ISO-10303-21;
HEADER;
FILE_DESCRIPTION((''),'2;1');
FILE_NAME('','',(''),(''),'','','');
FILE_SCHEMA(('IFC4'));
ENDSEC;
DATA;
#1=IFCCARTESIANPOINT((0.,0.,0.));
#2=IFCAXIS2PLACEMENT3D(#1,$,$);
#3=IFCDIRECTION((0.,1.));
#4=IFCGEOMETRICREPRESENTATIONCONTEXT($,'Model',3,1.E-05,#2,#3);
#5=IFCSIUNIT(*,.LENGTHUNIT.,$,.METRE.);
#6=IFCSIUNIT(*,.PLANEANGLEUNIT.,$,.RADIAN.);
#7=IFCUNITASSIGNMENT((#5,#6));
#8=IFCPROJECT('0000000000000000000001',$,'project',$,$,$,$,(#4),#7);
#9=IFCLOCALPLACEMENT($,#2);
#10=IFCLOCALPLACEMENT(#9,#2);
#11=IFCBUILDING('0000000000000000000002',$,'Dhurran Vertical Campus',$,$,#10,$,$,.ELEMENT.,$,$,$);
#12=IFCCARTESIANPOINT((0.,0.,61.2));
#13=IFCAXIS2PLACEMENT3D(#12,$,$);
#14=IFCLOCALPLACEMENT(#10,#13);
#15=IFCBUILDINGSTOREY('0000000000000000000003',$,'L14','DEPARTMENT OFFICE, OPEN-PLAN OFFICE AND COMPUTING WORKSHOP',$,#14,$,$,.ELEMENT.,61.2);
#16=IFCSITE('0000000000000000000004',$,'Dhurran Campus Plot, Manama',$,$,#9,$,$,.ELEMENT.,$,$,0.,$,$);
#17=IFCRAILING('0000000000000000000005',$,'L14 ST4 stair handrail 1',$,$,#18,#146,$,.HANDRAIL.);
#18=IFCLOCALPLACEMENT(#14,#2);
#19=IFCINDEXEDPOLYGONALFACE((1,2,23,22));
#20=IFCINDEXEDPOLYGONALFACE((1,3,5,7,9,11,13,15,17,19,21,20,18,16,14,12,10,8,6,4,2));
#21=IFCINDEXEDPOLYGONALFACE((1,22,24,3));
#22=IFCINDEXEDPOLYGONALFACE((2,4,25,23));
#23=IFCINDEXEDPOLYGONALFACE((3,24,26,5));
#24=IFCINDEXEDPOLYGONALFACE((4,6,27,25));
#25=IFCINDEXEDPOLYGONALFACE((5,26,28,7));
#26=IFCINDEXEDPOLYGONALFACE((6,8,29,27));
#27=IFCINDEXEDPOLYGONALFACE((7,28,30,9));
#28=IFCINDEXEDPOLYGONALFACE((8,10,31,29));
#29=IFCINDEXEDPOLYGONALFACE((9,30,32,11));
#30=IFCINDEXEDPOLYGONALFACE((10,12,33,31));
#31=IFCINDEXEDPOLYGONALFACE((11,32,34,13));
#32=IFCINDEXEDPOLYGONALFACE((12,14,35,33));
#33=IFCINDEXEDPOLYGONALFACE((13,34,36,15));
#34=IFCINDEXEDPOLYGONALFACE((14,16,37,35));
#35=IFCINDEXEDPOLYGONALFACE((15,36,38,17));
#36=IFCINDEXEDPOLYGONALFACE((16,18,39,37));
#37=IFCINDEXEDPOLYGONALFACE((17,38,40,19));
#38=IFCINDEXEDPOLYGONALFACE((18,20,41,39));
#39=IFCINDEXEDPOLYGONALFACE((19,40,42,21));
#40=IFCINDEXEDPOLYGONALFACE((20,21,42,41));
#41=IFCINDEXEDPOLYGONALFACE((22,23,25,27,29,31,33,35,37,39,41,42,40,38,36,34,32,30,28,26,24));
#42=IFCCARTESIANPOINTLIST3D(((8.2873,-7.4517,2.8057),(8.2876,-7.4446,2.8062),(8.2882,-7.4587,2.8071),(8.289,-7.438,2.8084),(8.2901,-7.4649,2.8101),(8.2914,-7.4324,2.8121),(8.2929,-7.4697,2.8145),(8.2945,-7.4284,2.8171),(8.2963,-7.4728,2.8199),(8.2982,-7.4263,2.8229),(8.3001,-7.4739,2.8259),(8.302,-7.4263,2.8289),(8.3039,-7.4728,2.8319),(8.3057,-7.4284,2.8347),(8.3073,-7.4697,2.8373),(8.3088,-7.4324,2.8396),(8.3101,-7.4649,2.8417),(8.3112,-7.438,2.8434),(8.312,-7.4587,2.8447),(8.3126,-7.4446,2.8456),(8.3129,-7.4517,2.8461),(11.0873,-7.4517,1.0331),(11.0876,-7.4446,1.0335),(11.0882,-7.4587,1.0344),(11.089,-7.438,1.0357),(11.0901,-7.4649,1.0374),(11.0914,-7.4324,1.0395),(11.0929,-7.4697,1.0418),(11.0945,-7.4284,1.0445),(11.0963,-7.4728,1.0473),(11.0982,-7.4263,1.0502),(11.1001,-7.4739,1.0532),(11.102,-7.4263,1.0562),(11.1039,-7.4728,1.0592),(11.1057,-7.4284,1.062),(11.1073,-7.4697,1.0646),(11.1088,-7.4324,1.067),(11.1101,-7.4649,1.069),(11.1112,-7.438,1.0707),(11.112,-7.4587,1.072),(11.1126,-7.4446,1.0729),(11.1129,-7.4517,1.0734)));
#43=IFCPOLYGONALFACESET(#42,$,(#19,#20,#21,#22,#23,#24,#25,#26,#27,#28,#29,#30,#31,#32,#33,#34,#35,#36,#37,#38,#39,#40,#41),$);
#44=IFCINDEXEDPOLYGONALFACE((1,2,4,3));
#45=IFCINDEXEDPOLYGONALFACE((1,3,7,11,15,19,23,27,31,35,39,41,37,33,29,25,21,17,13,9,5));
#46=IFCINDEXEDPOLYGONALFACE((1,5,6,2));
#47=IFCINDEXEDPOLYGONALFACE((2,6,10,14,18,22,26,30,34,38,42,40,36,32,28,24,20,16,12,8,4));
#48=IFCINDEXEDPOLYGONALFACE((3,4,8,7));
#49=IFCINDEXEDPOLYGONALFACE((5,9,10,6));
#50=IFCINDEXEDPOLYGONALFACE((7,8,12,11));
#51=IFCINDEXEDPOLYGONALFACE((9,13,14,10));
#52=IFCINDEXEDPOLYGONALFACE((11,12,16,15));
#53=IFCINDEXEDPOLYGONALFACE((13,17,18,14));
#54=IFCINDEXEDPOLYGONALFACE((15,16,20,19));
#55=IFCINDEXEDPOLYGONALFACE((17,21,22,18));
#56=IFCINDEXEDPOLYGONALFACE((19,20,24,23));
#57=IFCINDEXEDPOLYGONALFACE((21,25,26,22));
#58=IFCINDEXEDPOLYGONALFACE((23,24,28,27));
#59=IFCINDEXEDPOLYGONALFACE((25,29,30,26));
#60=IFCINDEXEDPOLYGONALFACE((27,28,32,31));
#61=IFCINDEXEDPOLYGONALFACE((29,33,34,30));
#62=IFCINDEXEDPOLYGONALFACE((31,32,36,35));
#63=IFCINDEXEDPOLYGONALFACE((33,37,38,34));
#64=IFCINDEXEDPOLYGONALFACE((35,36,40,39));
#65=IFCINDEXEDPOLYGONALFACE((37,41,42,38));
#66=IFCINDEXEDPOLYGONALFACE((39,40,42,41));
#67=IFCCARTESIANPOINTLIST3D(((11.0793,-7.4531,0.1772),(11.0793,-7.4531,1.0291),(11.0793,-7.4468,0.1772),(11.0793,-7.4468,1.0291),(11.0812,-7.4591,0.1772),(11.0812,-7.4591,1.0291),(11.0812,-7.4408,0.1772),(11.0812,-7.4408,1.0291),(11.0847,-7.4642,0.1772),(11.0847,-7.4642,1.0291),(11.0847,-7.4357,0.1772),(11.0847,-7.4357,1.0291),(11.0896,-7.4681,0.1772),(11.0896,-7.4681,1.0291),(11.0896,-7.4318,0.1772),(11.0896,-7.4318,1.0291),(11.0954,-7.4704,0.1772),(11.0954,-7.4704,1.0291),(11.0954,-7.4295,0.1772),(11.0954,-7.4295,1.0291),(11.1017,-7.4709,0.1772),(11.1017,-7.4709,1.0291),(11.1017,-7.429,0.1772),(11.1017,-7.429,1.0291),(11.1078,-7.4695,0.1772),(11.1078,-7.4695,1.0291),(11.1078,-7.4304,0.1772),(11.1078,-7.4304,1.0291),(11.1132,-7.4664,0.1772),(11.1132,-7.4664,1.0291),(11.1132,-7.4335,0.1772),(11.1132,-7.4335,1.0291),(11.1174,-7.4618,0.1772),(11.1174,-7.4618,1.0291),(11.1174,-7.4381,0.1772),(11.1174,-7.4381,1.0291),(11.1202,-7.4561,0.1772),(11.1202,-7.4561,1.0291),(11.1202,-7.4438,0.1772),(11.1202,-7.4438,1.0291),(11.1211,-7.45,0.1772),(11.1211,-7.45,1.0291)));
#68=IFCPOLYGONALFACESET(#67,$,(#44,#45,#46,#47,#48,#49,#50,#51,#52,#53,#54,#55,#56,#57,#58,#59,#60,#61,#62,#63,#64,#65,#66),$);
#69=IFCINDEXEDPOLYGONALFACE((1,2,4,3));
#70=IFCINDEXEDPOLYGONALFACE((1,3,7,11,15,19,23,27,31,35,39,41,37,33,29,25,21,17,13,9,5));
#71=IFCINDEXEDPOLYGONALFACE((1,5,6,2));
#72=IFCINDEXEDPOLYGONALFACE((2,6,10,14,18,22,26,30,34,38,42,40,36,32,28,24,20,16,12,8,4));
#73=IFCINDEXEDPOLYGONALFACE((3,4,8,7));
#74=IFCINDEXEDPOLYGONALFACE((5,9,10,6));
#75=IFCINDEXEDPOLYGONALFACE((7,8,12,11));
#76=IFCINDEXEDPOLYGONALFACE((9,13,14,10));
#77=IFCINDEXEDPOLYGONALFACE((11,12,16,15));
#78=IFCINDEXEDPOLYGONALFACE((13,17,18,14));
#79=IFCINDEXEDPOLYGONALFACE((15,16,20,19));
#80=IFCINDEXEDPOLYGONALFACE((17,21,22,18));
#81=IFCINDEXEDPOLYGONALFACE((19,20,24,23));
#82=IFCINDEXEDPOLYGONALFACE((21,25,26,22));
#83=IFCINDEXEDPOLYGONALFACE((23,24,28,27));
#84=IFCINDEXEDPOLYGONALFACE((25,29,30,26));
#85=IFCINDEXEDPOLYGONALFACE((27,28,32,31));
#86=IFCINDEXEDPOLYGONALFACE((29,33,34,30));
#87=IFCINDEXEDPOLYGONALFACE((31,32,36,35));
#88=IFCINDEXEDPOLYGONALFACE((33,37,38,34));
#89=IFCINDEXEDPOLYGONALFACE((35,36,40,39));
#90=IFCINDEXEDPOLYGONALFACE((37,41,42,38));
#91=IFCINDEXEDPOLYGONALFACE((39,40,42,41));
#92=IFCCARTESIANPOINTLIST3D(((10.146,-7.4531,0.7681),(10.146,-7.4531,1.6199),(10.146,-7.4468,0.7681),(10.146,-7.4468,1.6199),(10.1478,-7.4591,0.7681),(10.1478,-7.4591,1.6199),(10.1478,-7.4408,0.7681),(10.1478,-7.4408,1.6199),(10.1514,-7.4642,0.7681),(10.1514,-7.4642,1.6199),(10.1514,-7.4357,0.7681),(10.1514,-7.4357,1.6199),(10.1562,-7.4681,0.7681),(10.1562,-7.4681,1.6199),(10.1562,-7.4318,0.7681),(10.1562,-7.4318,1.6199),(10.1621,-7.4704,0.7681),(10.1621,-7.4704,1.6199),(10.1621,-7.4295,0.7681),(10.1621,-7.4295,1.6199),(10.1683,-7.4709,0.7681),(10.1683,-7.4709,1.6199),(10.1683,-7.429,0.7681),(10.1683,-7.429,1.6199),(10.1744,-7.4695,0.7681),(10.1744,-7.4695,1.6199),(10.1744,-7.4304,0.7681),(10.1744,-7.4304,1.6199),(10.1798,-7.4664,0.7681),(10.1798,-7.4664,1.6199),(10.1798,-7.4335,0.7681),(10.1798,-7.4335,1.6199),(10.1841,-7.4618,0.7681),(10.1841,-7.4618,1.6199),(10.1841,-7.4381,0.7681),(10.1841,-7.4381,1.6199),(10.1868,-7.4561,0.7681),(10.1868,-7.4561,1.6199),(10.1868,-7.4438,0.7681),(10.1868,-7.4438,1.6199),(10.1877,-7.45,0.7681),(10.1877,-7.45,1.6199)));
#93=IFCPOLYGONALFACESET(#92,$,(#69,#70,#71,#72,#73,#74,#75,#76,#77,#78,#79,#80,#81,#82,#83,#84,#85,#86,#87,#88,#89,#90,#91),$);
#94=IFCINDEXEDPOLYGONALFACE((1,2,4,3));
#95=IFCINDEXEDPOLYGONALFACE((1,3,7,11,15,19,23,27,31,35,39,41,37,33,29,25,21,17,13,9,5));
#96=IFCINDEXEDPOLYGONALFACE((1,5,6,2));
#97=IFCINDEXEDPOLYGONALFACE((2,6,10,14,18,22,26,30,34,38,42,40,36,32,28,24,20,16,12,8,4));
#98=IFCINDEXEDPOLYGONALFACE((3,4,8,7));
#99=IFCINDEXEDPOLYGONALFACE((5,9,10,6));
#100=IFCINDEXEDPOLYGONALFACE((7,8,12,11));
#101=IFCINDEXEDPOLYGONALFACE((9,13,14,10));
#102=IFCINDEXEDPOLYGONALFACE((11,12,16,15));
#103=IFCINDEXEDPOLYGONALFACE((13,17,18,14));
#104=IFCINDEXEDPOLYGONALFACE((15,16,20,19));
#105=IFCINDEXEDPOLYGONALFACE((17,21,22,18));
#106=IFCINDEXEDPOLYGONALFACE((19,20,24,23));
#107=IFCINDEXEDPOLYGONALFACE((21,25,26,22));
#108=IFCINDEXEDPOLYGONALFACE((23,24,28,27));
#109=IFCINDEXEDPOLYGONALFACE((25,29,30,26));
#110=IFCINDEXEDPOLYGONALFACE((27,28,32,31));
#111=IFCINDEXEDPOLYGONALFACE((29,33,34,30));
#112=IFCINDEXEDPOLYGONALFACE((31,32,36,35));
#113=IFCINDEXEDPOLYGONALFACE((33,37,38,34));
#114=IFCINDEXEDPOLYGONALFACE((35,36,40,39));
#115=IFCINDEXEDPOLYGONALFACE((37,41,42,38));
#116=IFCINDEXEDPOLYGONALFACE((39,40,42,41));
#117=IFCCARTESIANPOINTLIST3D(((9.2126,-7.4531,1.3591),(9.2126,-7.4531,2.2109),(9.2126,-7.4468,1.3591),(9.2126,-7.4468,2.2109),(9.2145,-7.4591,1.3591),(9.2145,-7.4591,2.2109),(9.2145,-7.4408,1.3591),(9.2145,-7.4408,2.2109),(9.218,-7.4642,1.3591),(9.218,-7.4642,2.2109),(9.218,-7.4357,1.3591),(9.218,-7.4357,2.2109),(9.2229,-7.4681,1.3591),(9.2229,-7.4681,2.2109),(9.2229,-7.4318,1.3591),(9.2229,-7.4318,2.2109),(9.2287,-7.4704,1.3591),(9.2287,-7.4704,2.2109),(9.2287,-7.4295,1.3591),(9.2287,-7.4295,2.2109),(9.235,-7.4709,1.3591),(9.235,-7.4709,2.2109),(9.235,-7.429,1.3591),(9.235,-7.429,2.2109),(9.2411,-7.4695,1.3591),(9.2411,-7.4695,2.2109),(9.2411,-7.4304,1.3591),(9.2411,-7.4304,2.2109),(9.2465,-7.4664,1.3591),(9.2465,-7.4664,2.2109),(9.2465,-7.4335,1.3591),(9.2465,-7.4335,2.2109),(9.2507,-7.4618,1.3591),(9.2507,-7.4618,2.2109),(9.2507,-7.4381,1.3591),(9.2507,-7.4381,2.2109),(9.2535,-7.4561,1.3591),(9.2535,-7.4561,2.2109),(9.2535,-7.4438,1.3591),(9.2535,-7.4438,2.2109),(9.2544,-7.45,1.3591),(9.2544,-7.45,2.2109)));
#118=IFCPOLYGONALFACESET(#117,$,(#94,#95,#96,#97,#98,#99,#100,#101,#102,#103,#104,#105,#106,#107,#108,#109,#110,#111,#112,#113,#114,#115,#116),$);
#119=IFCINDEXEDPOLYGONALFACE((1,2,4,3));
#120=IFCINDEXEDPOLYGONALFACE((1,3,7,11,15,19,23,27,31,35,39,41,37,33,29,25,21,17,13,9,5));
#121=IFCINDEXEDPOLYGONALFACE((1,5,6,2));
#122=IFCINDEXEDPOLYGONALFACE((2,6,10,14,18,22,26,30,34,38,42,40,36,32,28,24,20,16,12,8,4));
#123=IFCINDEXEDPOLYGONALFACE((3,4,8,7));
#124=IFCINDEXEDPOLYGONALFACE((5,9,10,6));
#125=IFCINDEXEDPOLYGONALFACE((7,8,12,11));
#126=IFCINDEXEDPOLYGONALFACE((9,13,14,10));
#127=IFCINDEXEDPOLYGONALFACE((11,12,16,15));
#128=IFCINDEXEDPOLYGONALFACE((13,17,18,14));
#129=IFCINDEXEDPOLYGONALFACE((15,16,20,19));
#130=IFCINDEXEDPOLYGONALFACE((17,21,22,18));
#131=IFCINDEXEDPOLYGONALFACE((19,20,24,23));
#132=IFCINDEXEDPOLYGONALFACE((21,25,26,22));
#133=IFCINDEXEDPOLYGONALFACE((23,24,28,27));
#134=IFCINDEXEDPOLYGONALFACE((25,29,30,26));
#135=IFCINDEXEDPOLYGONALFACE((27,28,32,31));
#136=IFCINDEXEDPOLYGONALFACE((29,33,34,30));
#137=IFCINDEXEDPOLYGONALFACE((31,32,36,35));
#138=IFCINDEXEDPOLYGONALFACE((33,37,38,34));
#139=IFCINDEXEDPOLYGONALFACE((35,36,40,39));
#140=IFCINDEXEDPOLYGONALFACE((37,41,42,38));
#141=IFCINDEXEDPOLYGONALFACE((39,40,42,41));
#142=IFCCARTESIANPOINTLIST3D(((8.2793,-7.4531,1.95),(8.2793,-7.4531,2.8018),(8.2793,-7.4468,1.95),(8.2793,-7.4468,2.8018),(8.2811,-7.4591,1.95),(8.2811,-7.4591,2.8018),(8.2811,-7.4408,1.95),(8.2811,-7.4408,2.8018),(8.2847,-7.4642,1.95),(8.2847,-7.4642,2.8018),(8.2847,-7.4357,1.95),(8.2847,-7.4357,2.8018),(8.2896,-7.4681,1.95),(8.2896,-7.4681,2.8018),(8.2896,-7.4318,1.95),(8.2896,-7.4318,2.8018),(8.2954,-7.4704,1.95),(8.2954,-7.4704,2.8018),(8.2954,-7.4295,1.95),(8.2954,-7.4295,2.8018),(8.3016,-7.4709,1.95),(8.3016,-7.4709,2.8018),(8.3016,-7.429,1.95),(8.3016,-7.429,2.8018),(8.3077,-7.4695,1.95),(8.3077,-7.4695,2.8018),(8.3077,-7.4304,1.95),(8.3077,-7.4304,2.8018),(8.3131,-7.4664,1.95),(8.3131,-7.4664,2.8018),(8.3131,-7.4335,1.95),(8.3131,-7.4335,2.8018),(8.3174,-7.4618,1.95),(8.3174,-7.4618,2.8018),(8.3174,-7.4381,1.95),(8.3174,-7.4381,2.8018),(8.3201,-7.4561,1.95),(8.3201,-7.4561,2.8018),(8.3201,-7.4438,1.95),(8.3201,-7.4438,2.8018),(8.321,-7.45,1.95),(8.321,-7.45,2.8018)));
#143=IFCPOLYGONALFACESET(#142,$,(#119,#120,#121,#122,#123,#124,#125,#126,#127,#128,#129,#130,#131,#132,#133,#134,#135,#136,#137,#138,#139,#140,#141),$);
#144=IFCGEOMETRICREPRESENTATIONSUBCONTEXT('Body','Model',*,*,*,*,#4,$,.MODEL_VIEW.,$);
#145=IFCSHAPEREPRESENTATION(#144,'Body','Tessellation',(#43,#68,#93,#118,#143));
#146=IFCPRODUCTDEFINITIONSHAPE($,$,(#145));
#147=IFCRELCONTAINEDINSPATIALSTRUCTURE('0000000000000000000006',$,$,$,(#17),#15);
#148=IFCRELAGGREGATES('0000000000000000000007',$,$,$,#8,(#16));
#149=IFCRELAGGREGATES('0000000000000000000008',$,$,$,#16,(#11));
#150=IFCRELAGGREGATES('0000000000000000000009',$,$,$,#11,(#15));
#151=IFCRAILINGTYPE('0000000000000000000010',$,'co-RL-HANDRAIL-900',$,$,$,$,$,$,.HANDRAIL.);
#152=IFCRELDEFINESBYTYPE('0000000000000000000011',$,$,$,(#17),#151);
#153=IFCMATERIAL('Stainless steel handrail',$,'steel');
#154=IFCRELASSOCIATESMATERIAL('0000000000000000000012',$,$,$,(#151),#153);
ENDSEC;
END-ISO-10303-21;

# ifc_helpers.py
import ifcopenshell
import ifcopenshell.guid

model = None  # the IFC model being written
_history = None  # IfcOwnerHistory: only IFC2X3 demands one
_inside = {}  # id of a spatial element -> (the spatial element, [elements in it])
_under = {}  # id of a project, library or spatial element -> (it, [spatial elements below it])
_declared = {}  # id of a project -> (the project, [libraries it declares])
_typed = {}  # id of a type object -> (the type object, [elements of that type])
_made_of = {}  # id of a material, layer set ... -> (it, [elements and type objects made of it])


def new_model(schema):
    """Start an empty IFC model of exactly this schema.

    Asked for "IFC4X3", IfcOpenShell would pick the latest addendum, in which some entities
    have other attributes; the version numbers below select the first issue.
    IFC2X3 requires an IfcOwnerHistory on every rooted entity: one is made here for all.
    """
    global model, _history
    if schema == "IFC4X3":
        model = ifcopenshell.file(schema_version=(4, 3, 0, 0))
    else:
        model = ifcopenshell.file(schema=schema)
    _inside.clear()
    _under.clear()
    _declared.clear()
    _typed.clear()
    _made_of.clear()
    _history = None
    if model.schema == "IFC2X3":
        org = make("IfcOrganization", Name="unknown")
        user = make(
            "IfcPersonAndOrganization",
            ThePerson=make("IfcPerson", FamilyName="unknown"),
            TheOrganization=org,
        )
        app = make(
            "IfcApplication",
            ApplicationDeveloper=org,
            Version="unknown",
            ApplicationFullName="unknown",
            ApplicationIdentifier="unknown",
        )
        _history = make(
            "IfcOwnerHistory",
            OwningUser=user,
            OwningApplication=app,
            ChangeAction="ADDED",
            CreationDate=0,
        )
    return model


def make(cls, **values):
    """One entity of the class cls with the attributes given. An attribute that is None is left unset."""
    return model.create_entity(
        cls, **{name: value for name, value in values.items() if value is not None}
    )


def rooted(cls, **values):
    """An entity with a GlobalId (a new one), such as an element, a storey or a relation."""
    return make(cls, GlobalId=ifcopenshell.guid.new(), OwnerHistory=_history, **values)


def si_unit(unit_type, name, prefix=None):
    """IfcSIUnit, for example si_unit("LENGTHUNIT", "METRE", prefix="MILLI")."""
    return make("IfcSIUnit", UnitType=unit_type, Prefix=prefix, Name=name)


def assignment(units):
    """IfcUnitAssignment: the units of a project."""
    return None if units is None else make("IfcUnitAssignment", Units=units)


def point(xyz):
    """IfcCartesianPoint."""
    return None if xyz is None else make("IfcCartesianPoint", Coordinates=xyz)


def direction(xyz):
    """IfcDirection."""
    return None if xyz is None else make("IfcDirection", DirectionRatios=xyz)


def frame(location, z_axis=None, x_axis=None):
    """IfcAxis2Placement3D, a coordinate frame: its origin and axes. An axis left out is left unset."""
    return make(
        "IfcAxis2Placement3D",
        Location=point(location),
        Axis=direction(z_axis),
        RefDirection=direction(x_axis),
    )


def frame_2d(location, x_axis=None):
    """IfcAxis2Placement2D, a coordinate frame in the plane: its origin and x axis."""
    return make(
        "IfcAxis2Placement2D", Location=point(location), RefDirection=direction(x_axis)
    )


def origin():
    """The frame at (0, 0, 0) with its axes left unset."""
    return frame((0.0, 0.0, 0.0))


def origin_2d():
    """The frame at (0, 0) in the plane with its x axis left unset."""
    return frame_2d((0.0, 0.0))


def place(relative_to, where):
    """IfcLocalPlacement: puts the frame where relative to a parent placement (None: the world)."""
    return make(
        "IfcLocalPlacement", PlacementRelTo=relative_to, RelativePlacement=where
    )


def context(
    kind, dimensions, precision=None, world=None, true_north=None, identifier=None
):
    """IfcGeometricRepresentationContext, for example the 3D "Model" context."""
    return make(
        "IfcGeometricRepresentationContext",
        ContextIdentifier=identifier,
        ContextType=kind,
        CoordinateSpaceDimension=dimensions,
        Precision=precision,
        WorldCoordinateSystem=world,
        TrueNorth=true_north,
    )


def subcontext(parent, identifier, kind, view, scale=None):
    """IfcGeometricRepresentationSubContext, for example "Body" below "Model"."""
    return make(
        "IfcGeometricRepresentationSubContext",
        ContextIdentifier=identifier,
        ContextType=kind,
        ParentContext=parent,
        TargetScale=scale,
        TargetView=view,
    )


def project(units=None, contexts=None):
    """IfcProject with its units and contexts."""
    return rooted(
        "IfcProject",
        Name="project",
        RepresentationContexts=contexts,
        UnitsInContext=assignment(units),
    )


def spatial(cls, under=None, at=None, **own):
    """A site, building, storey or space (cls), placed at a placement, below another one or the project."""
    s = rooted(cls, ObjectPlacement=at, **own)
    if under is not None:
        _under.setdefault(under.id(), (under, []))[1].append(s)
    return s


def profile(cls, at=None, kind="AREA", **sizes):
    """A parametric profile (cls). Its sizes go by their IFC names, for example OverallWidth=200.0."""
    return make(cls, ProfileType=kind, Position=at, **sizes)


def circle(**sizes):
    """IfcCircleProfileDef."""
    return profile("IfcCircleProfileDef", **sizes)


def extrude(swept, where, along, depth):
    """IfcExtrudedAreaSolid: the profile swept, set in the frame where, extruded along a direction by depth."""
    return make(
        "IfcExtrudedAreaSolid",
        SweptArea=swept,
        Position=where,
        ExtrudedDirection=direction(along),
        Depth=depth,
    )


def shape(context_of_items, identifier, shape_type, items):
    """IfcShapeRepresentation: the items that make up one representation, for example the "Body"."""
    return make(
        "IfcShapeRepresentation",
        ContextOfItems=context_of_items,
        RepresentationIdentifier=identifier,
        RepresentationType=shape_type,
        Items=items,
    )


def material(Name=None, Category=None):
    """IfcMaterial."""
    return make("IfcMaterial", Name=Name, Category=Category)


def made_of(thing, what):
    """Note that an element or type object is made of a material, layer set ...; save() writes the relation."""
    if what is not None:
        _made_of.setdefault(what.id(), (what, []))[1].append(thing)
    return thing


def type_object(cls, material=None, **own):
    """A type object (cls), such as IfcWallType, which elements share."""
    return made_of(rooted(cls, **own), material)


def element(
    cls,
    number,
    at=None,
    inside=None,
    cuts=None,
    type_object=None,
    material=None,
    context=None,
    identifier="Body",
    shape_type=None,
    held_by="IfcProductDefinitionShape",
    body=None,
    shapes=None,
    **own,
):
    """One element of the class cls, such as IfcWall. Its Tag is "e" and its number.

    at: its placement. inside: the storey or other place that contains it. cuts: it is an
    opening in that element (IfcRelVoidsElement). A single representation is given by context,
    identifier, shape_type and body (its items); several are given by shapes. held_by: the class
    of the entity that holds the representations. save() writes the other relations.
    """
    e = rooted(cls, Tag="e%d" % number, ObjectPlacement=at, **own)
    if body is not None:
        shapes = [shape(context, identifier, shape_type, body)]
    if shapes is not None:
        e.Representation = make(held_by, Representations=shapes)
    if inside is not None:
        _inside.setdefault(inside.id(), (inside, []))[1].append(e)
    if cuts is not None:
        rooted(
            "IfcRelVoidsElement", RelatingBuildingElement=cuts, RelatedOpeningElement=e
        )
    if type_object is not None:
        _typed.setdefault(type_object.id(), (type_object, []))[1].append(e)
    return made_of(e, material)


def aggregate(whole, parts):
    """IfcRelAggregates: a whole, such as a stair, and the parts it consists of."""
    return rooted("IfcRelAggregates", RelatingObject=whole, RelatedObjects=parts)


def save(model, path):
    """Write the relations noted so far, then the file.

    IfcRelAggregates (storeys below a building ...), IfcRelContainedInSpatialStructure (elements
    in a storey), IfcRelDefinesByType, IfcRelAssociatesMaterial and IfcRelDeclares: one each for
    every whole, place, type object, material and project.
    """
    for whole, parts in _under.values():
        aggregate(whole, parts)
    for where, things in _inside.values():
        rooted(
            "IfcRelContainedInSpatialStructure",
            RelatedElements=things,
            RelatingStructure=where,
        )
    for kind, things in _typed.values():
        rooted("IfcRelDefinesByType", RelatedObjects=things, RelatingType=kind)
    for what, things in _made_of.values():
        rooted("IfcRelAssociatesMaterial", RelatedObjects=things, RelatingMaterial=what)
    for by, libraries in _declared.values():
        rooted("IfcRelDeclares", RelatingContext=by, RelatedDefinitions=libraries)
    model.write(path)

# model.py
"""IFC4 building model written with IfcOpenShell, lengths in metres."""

from ifc_helpers import new_model, si_unit, direction, frame, origin, origin_2d, place, context, subcontext, project, spatial, circle, extrude, material, type_object, element, save


model = new_model("IFC4")

# Units and contexts
model_context = context("Model", 3, precision=1e-05, world=origin(), true_north=direction((0.0, 1.0)))
body_context = subcontext(model_context, "Body", "Model", "MODEL_VIEW")
ifc_project = project(units=[si_unit("LENGTHUNIT", "METRE"), si_unit("PLANEANGLEUNIT", "RADIAN")], contexts=[model_context])

# Site, building, storey
site_placement = place(None, origin())
site = spatial("IfcSite", under=ifc_project, at=site_placement, Name="Dhurran Campus Plot, Manama", CompositionType="ELEMENT", RefElevation=0.0)
building_placement = place(site_placement, origin())
building = spatial("IfcBuilding", under=site, at=building_placement, Name="Dhurran Vertical Campus", CompositionType="ELEMENT")
storey_placement = place(building_placement, frame((0.0, 0.0, 61.2)))
storey = spatial("IfcBuildingStorey", under=building, at=storey_placement, Name="L14", Description="DEPARTMENT OFFICE, OPEN-PLAN OFFICE AND COMPUTING WORKSHOP", CompositionType="ELEMENT", Elevation=61.2)

# Railing
ifc_material_1 = material(Name="Stainless steel handrail", Category="steel")
railing_type_1 = type_object("IfcRailingType", Name="co-RL-HANDRAIL-900", PredefinedType="HANDRAIL", material=ifc_material_1)
railing_1_placement = place(storey_placement, frame((11.1001, -7.45, 0.1772)))
element("IfcRailing", 1, at=railing_1_placement, inside=storey, type_object=railing_type_1, Name="L14 ST4 stair handrail 1", PredefinedType="HANDRAIL", context=body_context, shape_type="SweptSolid", body=[
    extrude(circle(Radius=0.0239, at=origin_2d()), frame((0.0, 0.0, 0.876), z_axis=(-0.844909, 0.0, 0.53491), x_axis=(0.0, -1.0, 0.0)), (0.0, 0.0, 1.0), 3.314),
    extrude(circle(Radius=0.021, at=origin_2d()), origin(), (0.0, 0.0, 1.0), 0.8518),
    extrude(circle(Radius=0.021, at=origin_2d()), frame((-0.9333, 0.0, 0.5908)), (0.0, 0.0, 1.0), 0.8518),
    extrude(circle(Radius=0.021, at=origin_2d()), frame((-1.8667, 0.0, 1.1819)), (0.0, 0.0, 1.0), 0.8518),
    extrude(circle(Radius=0.021, at=origin_2d()), frame((-2.8, 0.0, 1.7727)), (0.0, 0.0, 1.0), 0.8518),
])

save(model, "model.ifc")
